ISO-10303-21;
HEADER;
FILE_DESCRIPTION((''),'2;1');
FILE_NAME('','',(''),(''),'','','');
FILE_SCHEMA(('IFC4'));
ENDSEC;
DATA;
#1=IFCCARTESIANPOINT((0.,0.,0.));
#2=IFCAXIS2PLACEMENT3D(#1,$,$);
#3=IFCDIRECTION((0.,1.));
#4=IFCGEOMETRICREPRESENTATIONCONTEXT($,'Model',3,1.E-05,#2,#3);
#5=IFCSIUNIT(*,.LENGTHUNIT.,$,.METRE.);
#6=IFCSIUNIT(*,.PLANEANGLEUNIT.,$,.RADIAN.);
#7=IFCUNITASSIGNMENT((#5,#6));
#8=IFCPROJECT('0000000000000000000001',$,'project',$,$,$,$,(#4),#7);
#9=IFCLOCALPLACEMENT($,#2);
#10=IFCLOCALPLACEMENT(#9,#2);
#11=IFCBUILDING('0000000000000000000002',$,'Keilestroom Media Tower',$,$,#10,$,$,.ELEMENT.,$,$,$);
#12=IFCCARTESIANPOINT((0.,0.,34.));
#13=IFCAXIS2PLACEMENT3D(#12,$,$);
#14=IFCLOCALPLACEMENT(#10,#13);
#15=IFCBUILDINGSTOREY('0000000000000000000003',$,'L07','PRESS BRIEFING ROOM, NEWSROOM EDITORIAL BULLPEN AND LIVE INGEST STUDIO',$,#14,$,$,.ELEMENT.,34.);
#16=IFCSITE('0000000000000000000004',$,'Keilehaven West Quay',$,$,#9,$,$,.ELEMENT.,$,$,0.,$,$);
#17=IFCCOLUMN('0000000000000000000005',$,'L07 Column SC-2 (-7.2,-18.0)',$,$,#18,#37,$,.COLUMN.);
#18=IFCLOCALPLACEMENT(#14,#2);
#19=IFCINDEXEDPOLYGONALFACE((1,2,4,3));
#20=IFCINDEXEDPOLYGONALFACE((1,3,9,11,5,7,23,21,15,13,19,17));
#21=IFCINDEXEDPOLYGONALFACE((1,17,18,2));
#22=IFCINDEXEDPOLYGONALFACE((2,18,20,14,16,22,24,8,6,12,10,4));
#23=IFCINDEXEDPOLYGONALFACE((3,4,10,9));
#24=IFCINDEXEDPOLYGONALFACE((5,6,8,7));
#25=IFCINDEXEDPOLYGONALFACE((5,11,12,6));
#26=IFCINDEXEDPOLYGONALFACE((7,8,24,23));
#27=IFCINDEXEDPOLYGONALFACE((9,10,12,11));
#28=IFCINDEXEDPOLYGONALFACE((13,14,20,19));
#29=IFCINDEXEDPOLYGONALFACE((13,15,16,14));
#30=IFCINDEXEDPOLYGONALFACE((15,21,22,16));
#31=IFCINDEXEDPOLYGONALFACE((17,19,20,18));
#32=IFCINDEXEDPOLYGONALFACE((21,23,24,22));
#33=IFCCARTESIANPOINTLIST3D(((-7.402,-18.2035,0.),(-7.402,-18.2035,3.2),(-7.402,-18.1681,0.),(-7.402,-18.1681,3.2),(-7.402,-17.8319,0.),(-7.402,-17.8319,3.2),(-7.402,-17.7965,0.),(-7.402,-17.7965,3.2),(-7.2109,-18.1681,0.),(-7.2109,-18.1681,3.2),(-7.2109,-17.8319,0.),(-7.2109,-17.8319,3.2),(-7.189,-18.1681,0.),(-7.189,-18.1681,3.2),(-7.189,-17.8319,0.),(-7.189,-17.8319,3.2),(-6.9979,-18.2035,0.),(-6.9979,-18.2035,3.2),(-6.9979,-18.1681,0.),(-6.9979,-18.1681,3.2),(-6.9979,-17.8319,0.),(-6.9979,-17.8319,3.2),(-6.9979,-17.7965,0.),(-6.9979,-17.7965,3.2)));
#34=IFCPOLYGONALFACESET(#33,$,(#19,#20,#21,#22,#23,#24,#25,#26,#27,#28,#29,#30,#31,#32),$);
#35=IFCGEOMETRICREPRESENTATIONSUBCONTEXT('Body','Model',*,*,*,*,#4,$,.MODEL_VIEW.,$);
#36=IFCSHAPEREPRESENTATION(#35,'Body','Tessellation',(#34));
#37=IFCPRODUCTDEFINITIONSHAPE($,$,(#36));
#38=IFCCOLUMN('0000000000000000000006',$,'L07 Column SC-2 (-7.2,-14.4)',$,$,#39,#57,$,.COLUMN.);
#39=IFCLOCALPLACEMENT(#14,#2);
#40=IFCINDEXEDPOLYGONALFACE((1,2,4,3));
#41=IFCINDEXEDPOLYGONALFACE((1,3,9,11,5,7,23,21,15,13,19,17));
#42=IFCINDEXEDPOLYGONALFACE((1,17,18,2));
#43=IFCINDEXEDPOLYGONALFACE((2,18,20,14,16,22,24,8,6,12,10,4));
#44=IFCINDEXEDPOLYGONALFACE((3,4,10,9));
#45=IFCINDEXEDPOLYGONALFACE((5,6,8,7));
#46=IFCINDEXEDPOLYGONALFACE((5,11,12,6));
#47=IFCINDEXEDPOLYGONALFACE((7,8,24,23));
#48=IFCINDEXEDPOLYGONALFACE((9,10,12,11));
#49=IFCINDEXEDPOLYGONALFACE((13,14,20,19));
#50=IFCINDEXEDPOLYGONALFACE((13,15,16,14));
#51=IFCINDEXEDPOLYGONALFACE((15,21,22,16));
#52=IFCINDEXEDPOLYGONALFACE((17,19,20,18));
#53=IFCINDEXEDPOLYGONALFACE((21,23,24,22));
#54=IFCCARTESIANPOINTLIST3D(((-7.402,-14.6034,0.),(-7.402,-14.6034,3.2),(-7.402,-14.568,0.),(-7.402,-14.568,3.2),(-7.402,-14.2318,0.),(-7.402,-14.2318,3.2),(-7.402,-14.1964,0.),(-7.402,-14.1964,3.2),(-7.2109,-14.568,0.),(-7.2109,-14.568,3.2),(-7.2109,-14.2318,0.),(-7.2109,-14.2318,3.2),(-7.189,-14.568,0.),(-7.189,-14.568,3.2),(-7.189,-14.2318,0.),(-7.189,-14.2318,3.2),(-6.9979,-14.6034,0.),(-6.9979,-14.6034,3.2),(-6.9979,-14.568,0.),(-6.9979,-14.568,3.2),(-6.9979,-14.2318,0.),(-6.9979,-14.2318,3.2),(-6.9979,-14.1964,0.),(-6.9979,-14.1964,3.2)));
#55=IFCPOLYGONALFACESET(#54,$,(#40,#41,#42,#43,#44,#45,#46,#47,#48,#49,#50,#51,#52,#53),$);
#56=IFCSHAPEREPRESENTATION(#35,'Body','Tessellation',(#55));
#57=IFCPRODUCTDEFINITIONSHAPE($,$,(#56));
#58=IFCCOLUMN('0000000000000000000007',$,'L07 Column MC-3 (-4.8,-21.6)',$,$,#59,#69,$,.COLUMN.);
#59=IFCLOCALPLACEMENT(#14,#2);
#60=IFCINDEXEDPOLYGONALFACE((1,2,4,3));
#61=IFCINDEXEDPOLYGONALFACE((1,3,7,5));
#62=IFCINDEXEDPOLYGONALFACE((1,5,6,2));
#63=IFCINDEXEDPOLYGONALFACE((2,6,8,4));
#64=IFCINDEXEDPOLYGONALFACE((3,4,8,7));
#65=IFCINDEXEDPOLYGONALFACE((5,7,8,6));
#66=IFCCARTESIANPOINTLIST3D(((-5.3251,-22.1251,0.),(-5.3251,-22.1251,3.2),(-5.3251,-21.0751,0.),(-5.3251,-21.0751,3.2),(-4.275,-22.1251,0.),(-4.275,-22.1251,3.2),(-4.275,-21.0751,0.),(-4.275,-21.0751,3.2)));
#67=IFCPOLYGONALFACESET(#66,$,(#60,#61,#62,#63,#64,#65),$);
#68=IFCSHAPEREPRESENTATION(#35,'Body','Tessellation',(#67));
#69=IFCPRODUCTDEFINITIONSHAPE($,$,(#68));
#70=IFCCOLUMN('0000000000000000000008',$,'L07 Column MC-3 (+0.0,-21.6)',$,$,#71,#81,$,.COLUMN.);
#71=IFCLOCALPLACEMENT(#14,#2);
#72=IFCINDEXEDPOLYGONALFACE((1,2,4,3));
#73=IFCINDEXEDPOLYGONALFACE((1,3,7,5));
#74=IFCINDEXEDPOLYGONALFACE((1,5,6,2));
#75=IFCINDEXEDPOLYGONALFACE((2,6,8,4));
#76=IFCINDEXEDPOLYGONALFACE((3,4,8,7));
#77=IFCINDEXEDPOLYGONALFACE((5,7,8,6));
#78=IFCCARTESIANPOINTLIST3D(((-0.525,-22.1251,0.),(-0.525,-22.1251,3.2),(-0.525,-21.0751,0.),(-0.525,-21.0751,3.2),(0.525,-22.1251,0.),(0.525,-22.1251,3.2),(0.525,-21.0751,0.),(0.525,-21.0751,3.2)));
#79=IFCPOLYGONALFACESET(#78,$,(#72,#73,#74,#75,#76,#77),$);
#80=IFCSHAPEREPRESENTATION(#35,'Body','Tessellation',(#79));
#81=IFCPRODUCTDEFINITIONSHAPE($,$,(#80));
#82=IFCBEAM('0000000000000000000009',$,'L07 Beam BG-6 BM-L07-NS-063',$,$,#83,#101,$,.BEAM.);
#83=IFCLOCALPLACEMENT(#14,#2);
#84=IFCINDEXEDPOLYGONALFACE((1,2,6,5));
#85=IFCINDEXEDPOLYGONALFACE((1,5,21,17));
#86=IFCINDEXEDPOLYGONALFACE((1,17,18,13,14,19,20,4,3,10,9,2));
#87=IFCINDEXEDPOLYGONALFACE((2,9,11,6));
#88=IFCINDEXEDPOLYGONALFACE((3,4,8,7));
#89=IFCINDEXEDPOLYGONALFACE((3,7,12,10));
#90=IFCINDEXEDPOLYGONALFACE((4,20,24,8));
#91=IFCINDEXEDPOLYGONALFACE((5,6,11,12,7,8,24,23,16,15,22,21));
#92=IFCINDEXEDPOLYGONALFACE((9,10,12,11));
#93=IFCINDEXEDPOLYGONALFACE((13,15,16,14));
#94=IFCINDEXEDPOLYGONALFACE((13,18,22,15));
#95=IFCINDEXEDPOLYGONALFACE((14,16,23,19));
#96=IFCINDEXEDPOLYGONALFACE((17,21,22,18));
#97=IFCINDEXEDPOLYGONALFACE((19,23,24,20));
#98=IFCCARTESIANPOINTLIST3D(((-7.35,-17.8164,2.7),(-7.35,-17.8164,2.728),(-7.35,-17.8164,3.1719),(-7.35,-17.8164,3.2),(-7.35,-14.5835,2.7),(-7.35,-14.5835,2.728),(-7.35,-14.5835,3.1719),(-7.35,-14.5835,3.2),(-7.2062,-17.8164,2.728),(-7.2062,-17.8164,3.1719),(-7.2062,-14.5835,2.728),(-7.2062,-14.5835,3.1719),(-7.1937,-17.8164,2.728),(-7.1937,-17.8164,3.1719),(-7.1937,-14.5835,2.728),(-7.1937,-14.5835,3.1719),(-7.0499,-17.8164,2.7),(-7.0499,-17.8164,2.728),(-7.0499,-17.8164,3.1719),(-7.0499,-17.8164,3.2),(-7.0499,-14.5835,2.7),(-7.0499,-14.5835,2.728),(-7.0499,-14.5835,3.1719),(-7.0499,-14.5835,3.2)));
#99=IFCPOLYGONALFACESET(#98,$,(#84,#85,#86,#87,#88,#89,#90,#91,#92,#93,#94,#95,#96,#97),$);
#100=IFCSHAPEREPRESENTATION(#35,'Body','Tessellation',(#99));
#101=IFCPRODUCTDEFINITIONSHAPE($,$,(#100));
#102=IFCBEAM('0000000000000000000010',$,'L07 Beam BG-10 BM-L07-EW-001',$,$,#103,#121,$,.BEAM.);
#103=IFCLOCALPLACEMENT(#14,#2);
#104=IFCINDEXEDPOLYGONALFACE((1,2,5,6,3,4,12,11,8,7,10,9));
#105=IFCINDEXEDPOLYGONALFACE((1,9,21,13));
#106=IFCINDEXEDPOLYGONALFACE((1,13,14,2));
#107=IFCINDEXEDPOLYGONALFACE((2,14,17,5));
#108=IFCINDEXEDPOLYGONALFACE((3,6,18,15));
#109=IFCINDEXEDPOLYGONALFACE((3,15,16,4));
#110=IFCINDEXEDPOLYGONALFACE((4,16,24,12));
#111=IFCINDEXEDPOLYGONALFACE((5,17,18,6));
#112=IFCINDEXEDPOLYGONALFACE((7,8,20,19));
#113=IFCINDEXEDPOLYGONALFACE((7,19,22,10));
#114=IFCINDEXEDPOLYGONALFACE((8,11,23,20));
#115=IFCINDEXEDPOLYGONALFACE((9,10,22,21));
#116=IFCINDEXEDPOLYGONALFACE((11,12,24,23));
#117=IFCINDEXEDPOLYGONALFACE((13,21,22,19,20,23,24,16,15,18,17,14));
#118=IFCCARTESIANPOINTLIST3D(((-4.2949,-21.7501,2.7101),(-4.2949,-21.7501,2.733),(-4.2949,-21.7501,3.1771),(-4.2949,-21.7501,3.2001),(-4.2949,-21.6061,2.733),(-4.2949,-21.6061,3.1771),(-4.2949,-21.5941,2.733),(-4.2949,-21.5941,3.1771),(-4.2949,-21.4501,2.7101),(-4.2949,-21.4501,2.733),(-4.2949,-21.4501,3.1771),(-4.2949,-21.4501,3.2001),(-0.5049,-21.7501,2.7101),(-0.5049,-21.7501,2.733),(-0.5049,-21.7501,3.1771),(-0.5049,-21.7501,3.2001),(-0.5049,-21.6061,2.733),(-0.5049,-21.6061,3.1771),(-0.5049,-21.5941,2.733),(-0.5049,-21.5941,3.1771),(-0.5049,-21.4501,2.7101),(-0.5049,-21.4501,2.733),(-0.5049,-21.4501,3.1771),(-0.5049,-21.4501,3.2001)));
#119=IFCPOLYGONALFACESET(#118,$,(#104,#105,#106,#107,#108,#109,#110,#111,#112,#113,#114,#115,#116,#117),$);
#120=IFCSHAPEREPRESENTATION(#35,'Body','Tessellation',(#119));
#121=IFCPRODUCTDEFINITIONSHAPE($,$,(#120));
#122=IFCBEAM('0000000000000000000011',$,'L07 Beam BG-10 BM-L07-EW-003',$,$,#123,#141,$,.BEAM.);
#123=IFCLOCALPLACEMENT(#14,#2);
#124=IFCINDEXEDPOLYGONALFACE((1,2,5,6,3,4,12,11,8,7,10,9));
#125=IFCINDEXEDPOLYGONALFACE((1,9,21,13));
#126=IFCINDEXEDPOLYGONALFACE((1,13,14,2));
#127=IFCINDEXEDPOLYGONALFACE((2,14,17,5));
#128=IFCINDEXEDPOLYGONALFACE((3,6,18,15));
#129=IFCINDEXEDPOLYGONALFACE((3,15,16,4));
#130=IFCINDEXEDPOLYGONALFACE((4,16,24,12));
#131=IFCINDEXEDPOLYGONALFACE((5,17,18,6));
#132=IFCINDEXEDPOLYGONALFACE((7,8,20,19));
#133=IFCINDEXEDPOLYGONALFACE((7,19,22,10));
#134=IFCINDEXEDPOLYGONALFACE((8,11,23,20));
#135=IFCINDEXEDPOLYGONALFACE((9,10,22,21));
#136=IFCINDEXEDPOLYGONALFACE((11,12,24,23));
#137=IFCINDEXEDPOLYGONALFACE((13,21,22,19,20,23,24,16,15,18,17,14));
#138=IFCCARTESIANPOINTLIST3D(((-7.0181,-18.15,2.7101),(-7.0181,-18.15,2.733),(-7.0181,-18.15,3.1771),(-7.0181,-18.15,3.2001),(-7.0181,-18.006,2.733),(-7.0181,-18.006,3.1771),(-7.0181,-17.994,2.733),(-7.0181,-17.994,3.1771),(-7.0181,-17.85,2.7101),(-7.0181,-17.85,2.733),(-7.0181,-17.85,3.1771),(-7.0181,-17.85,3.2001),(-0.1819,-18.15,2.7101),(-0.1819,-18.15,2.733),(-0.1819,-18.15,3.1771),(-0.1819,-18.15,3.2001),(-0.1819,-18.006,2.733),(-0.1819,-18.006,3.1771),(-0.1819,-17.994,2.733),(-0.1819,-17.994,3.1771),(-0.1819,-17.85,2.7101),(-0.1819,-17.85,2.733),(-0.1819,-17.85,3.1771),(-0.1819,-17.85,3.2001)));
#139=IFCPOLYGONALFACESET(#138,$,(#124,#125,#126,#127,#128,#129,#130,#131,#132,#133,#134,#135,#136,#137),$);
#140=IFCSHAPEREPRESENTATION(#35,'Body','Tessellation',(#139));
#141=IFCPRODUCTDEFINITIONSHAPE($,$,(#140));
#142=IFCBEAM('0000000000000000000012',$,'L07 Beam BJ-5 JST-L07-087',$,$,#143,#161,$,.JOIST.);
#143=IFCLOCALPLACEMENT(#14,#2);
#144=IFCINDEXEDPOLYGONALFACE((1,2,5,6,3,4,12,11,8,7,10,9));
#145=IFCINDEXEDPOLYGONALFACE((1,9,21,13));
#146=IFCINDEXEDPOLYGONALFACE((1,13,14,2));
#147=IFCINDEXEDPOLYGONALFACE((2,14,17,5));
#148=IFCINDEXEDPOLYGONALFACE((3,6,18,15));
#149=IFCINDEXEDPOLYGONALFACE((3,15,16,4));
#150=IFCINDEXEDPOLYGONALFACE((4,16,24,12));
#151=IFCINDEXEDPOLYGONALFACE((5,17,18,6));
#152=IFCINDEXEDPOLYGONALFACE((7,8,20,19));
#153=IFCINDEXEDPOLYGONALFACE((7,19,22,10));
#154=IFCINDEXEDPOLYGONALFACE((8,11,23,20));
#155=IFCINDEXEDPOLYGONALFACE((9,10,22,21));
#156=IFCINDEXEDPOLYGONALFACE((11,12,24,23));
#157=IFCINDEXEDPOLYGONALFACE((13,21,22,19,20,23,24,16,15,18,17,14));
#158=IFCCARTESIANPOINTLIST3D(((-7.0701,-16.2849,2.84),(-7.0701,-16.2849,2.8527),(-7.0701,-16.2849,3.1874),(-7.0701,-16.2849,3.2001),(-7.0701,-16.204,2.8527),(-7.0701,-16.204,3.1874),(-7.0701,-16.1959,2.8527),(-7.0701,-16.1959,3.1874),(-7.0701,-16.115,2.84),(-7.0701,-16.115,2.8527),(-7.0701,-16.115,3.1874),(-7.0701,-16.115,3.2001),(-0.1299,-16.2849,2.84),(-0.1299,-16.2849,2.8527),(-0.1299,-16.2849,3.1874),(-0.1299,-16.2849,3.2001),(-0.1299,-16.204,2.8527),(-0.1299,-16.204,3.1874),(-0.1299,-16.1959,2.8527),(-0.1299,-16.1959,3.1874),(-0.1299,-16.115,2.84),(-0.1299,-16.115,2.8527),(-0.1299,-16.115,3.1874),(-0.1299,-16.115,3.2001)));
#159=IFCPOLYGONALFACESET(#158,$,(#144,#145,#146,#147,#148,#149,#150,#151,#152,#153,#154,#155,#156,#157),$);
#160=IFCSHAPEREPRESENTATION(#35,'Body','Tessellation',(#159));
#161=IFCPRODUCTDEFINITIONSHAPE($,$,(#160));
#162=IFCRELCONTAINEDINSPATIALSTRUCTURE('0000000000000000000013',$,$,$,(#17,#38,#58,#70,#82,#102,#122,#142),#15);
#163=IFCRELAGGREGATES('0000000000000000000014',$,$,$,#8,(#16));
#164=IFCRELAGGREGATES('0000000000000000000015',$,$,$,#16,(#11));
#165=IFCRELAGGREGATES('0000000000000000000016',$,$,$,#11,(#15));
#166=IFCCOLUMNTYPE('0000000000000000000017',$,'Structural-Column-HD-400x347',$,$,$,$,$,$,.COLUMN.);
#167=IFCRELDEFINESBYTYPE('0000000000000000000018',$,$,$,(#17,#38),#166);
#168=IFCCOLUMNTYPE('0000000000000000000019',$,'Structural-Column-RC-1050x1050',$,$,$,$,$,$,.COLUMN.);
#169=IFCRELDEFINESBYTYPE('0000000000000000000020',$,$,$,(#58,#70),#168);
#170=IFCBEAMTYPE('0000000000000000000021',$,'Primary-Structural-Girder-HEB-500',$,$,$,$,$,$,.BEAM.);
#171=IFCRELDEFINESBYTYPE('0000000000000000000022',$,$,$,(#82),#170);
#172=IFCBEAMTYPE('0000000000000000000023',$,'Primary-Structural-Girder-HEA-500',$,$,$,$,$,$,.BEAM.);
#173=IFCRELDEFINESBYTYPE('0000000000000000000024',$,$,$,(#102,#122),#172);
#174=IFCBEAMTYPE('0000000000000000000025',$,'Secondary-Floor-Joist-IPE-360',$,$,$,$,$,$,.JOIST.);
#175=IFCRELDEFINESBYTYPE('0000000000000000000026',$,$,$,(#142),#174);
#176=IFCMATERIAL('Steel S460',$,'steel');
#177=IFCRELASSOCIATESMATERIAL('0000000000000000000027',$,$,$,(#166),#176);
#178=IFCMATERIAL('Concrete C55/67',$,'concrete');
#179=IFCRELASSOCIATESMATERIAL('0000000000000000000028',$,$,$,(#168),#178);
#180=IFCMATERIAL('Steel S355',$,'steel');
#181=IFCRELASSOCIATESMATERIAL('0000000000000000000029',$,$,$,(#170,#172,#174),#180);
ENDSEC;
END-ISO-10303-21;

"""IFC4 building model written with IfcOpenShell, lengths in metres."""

from ifc_helpers import new_model, si_unit, direction, frame, origin, origin_2d, place, context, subcontext, project, spatial, rectangle, i_section, extrude, source, transform, mapped, material, material_profile, profile_set, type_object, element, save


model = new_model("IFC4")

# Units and contexts
model_context = context("Model", 3, precision=1e-05, world=origin(), true_north=direction((0.0, 1.0)))
body_context = subcontext(model_context, "Body", "Model", "MODEL_VIEW")
ifc_project = project(units=[si_unit("LENGTHUNIT", "METRE"), si_unit("PLANEANGLEUNIT", "RADIAN")], contexts=[model_context])

# Site, building, storey
site_placement = place(None, origin())
site = spatial("IfcSite", under=ifc_project, at=site_placement, Name="Keilehaven West Quay", CompositionType="ELEMENT", RefElevation=0.0)
building_placement = place(site_placement, origin())
building = spatial("IfcBuilding", under=site, at=building_placement, Name="Keilestroom Media Tower", CompositionType="ELEMENT")
storey_placement = place(building_placement, frame((0.0, 0.0, 34.0)))
storey = spatial("IfcBuildingStorey", under=building, at=storey_placement, Name="L07", Description="PRESS BRIEFING ROOM, NEWSROOM EDITORIAL BULLPEN AND LIVE INGEST STUDIO", CompositionType="ELEMENT", Elevation=34.0)

# Columns
ifc_material_1 = material(Name="Steel S460", Category="steel")
ifc_material_profile_1 = material_profile(ifc_material_1, i_section(OverallWidth=0.4041, OverallDepth=0.407, WebThickness=0.022, FlangeThickness=0.0354, at=origin_2d()), Name="HD 400x347")
ifc_profile_set_1 = profile_set([ifc_material_profile_1], Name="Steel S460")
column_type_1 = type_object("IfcColumnType", Name="Structural-Column-HD-400x347", PredefinedType="COLUMN", material=ifc_profile_set_1)
shared_shape_1 = source(origin(), body_context, "Body", "SweptSolid", [
    extrude(i_section(OverallWidth=0.4041, OverallDepth=0.407, WebThickness=0.022, FlangeThickness=0.0354, at=origin_2d()), origin(), (0.0, 0.0, 1.0), 3.2),
])
for number, where, z_axis, x_axis, name in (
    (1, (-7.2, -18.0, 0.0), (0.0, 0.0, 1.0), (1.0, 0.0, 0.0), "L07 Column SC-2 (-7.2,-18.0)"),
    (2, (-7.2, -14.3999, 0.0), (0.0, 0.0, 1.0), (1.0, 0.0, 0.0), "L07 Column SC-2 (-7.2,-14.4)"),
):
    element("IfcColumn", number, at=place(storey_placement, frame(where, z_axis=z_axis, x_axis=x_axis)), inside=storey, type_object=column_type_1, Name=name, PredefinedType="COLUMN", context=body_context, shape_type="MappedRepresentation", body=[
        mapped(shared_shape_1, transform((0.0, 0.0, 0.0), x_axis=(1.0, 0.0, 0.0), y_axis=(0.0, 1.0, 0.0), z_axis=(0.0, 0.0, 1.0), scale=1.0)),
    ])
ifc_material_2 = material(Name="Concrete C55/67", Category="concrete")
ifc_material_profile_2 = material_profile(ifc_material_2, rectangle(XDim=1.05, YDim=1.05, at=origin_2d()), Name="RC 1050x1050")
ifc_profile_set_2 = profile_set([ifc_material_profile_2], Name="Concrete C55/67")
column_type_2 = type_object("IfcColumnType", Name="Structural-Column-RC-1050x1050", PredefinedType="COLUMN", material=ifc_profile_set_2)
shared_shape_2 = source(origin(), body_context, "Body", "SweptSolid", [
    extrude(rectangle(XDim=1.05, YDim=1.05, at=origin_2d()), origin(), (0.0, 0.0, 1.0), 3.2),
])
for number, where, z_axis, x_axis, name in (
    (3, (-4.8, -21.6001, 0.0), (0.0, 0.0, 1.0), (1.0, 0.0, 0.0), "L07 Column MC-3 (-4.8,-21.6)"),
    (4, (0.0, -21.6001, 0.0), (0.0, 0.0, 1.0), (1.0, 0.0, 0.0), "L07 Column MC-3 (+0.0,-21.6)"),
):
    element("IfcColumn", number, at=place(storey_placement, frame(where, z_axis=z_axis, x_axis=x_axis)), inside=storey, type_object=column_type_2, Name=name, PredefinedType="COLUMN", context=body_context, shape_type="MappedRepresentation", body=[
        mapped(shared_shape_2, transform((0.0, 0.0, 0.0), x_axis=(1.0, 0.0, 0.0), y_axis=(0.0, 1.0, 0.0), z_axis=(0.0, 0.0, 1.0), scale=1.0)),
    ])

# Beams
ifc_material_3 = material(Name="Steel S355", Category="steel")
ifc_material_profile_3 = material_profile(ifc_material_3, i_section(OverallWidth=0.3, OverallDepth=0.5, WebThickness=0.0125, FlangeThickness=0.0281, at=origin_2d()), Name="HEB 500")
ifc_profile_set_3 = profile_set([ifc_material_profile_3], Name="Steel S355")
beam_type_1 = type_object("IfcBeamType", Name="Primary-Structural-Girder-HEB-500", PredefinedType="BEAM", material=ifc_profile_set_3)
shared_shape_3 = source(origin(), body_context, "Body", "SweptSolid", [
    extrude(i_section(OverallWidth=0.3, OverallDepth=0.5, WebThickness=0.0125, FlangeThickness=0.0281, at=origin_2d()), origin(), (0.0, 0.0, 1.0), 3.2329),
])
beam_1_placement = place(storey_placement, frame((-7.2, -17.8164, 2.95), z_axis=(0.0, 1.0, 0.0), x_axis=(-1.0, 0.0, 0.0)))
element("IfcBeam", 5, at=beam_1_placement, inside=storey, type_object=beam_type_1, Name="L07 Beam BG-6 BM-L07-NS-063", PredefinedType="BEAM", context=body_context, shape_type="MappedRepresentation", body=[
    mapped(shared_shape_3, transform((0.0, 0.0, 0.0), x_axis=(1.0, 0.0, 0.0), y_axis=(0.0, 1.0, 0.0), z_axis=(0.0, 0.0, 1.0), scale=1.0)),
])
ifc_material_profile_4 = material_profile(ifc_material_3, i_section(OverallWidth=0.3, OverallDepth=0.49, WebThickness=0.012, FlangeThickness=0.0229, at=origin_2d()), Name="HEA 500")
ifc_profile_set_4 = profile_set([ifc_material_profile_4], Name="Steel S355")
beam_type_2 = type_object("IfcBeamType", Name="Primary-Structural-Girder-HEA-500", PredefinedType="BEAM", material=ifc_profile_set_4)
shared_shape_4 = source(origin(), body_context, "Body", "SweptSolid", [
    extrude(i_section(OverallWidth=0.3, OverallDepth=0.49, WebThickness=0.012, FlangeThickness=0.0229, at=origin_2d()), origin(), (0.0, 0.0, 1.0), 3.79),
])
beam_2_placement = place(storey_placement, frame((-4.2949, -21.6001, 2.9551), z_axis=(1.0, 0.0, 0.0), x_axis=(0.0, 1.0, 0.0)))
element("IfcBeam", 6, at=beam_2_placement, inside=storey, type_object=beam_type_2, Name="L07 Beam BG-10 BM-L07-EW-001", PredefinedType="BEAM", context=body_context, shape_type="MappedRepresentation", body=[
    mapped(shared_shape_4, transform((0.0, 0.0, 0.0), x_axis=(1.0, 0.0, 0.0), y_axis=(0.0, 1.0, 0.0), z_axis=(0.0, 0.0, 1.0), scale=1.0)),
])
shared_shape_5 = source(origin(), body_context, "Body", "SweptSolid", [
    extrude(i_section(OverallWidth=0.3, OverallDepth=0.49, WebThickness=0.012, FlangeThickness=0.0229, at=origin_2d()), origin(), (0.0, 0.0, 1.0), 6.8362),
])
beam_3_placement = place(storey_placement, frame((-7.0181, -18.0, 2.9551), z_axis=(1.0, 0.0, 0.0), x_axis=(0.0, 1.0, 0.0)))
element("IfcBeam", 7, at=beam_3_placement, inside=storey, type_object=beam_type_2, Name="L07 Beam BG-10 BM-L07-EW-003", PredefinedType="BEAM", context=body_context, shape_type="MappedRepresentation", body=[
    mapped(shared_shape_5, transform((0.0, 0.0, 0.0), x_axis=(1.0, 0.0, 0.0), y_axis=(0.0, 1.0, 0.0), z_axis=(0.0, 0.0, 1.0), scale=1.0)),
])
ifc_material_profile_5 = material_profile(ifc_material_3, i_section(OverallWidth=0.1699, OverallDepth=0.3601, WebThickness=0.0081, FlangeThickness=0.0127, at=origin_2d()), Name="IPE 360")
ifc_profile_set_5 = profile_set([ifc_material_profile_5], Name="Steel S355")
beam_type_3 = type_object("IfcBeamType", Name="Secondary-Floor-Joist-IPE-360", PredefinedType="JOIST", material=ifc_profile_set_5)
shared_shape_6 = source(origin(), body_context, "Body", "SweptSolid", [
    extrude(i_section(OverallWidth=0.1699, OverallDepth=0.3601, WebThickness=0.0081, FlangeThickness=0.0127, at=origin_2d()), origin(), (0.0, 0.0, 1.0), 6.9402),
])
beam_4_placement = place(storey_placement, frame((-7.0701, -16.2, 3.02), z_axis=(1.0, 0.0, 0.0), x_axis=(0.0, 1.0, 0.0)))
element("IfcBeam", 8, at=beam_4_placement, inside=storey, type_object=beam_type_3, Name="L07 Beam BJ-5 JST-L07-087", PredefinedType="JOIST", context=body_context, shape_type="MappedRepresentation", body=[
    mapped(shared_shape_6, transform((0.0, 0.0, 0.0), x_axis=(1.0, 0.0, 0.0), y_axis=(0.0, 1.0, 0.0), z_axis=(0.0, 0.0, 1.0), scale=1.0)),
])

save(model, "model.ifc")
